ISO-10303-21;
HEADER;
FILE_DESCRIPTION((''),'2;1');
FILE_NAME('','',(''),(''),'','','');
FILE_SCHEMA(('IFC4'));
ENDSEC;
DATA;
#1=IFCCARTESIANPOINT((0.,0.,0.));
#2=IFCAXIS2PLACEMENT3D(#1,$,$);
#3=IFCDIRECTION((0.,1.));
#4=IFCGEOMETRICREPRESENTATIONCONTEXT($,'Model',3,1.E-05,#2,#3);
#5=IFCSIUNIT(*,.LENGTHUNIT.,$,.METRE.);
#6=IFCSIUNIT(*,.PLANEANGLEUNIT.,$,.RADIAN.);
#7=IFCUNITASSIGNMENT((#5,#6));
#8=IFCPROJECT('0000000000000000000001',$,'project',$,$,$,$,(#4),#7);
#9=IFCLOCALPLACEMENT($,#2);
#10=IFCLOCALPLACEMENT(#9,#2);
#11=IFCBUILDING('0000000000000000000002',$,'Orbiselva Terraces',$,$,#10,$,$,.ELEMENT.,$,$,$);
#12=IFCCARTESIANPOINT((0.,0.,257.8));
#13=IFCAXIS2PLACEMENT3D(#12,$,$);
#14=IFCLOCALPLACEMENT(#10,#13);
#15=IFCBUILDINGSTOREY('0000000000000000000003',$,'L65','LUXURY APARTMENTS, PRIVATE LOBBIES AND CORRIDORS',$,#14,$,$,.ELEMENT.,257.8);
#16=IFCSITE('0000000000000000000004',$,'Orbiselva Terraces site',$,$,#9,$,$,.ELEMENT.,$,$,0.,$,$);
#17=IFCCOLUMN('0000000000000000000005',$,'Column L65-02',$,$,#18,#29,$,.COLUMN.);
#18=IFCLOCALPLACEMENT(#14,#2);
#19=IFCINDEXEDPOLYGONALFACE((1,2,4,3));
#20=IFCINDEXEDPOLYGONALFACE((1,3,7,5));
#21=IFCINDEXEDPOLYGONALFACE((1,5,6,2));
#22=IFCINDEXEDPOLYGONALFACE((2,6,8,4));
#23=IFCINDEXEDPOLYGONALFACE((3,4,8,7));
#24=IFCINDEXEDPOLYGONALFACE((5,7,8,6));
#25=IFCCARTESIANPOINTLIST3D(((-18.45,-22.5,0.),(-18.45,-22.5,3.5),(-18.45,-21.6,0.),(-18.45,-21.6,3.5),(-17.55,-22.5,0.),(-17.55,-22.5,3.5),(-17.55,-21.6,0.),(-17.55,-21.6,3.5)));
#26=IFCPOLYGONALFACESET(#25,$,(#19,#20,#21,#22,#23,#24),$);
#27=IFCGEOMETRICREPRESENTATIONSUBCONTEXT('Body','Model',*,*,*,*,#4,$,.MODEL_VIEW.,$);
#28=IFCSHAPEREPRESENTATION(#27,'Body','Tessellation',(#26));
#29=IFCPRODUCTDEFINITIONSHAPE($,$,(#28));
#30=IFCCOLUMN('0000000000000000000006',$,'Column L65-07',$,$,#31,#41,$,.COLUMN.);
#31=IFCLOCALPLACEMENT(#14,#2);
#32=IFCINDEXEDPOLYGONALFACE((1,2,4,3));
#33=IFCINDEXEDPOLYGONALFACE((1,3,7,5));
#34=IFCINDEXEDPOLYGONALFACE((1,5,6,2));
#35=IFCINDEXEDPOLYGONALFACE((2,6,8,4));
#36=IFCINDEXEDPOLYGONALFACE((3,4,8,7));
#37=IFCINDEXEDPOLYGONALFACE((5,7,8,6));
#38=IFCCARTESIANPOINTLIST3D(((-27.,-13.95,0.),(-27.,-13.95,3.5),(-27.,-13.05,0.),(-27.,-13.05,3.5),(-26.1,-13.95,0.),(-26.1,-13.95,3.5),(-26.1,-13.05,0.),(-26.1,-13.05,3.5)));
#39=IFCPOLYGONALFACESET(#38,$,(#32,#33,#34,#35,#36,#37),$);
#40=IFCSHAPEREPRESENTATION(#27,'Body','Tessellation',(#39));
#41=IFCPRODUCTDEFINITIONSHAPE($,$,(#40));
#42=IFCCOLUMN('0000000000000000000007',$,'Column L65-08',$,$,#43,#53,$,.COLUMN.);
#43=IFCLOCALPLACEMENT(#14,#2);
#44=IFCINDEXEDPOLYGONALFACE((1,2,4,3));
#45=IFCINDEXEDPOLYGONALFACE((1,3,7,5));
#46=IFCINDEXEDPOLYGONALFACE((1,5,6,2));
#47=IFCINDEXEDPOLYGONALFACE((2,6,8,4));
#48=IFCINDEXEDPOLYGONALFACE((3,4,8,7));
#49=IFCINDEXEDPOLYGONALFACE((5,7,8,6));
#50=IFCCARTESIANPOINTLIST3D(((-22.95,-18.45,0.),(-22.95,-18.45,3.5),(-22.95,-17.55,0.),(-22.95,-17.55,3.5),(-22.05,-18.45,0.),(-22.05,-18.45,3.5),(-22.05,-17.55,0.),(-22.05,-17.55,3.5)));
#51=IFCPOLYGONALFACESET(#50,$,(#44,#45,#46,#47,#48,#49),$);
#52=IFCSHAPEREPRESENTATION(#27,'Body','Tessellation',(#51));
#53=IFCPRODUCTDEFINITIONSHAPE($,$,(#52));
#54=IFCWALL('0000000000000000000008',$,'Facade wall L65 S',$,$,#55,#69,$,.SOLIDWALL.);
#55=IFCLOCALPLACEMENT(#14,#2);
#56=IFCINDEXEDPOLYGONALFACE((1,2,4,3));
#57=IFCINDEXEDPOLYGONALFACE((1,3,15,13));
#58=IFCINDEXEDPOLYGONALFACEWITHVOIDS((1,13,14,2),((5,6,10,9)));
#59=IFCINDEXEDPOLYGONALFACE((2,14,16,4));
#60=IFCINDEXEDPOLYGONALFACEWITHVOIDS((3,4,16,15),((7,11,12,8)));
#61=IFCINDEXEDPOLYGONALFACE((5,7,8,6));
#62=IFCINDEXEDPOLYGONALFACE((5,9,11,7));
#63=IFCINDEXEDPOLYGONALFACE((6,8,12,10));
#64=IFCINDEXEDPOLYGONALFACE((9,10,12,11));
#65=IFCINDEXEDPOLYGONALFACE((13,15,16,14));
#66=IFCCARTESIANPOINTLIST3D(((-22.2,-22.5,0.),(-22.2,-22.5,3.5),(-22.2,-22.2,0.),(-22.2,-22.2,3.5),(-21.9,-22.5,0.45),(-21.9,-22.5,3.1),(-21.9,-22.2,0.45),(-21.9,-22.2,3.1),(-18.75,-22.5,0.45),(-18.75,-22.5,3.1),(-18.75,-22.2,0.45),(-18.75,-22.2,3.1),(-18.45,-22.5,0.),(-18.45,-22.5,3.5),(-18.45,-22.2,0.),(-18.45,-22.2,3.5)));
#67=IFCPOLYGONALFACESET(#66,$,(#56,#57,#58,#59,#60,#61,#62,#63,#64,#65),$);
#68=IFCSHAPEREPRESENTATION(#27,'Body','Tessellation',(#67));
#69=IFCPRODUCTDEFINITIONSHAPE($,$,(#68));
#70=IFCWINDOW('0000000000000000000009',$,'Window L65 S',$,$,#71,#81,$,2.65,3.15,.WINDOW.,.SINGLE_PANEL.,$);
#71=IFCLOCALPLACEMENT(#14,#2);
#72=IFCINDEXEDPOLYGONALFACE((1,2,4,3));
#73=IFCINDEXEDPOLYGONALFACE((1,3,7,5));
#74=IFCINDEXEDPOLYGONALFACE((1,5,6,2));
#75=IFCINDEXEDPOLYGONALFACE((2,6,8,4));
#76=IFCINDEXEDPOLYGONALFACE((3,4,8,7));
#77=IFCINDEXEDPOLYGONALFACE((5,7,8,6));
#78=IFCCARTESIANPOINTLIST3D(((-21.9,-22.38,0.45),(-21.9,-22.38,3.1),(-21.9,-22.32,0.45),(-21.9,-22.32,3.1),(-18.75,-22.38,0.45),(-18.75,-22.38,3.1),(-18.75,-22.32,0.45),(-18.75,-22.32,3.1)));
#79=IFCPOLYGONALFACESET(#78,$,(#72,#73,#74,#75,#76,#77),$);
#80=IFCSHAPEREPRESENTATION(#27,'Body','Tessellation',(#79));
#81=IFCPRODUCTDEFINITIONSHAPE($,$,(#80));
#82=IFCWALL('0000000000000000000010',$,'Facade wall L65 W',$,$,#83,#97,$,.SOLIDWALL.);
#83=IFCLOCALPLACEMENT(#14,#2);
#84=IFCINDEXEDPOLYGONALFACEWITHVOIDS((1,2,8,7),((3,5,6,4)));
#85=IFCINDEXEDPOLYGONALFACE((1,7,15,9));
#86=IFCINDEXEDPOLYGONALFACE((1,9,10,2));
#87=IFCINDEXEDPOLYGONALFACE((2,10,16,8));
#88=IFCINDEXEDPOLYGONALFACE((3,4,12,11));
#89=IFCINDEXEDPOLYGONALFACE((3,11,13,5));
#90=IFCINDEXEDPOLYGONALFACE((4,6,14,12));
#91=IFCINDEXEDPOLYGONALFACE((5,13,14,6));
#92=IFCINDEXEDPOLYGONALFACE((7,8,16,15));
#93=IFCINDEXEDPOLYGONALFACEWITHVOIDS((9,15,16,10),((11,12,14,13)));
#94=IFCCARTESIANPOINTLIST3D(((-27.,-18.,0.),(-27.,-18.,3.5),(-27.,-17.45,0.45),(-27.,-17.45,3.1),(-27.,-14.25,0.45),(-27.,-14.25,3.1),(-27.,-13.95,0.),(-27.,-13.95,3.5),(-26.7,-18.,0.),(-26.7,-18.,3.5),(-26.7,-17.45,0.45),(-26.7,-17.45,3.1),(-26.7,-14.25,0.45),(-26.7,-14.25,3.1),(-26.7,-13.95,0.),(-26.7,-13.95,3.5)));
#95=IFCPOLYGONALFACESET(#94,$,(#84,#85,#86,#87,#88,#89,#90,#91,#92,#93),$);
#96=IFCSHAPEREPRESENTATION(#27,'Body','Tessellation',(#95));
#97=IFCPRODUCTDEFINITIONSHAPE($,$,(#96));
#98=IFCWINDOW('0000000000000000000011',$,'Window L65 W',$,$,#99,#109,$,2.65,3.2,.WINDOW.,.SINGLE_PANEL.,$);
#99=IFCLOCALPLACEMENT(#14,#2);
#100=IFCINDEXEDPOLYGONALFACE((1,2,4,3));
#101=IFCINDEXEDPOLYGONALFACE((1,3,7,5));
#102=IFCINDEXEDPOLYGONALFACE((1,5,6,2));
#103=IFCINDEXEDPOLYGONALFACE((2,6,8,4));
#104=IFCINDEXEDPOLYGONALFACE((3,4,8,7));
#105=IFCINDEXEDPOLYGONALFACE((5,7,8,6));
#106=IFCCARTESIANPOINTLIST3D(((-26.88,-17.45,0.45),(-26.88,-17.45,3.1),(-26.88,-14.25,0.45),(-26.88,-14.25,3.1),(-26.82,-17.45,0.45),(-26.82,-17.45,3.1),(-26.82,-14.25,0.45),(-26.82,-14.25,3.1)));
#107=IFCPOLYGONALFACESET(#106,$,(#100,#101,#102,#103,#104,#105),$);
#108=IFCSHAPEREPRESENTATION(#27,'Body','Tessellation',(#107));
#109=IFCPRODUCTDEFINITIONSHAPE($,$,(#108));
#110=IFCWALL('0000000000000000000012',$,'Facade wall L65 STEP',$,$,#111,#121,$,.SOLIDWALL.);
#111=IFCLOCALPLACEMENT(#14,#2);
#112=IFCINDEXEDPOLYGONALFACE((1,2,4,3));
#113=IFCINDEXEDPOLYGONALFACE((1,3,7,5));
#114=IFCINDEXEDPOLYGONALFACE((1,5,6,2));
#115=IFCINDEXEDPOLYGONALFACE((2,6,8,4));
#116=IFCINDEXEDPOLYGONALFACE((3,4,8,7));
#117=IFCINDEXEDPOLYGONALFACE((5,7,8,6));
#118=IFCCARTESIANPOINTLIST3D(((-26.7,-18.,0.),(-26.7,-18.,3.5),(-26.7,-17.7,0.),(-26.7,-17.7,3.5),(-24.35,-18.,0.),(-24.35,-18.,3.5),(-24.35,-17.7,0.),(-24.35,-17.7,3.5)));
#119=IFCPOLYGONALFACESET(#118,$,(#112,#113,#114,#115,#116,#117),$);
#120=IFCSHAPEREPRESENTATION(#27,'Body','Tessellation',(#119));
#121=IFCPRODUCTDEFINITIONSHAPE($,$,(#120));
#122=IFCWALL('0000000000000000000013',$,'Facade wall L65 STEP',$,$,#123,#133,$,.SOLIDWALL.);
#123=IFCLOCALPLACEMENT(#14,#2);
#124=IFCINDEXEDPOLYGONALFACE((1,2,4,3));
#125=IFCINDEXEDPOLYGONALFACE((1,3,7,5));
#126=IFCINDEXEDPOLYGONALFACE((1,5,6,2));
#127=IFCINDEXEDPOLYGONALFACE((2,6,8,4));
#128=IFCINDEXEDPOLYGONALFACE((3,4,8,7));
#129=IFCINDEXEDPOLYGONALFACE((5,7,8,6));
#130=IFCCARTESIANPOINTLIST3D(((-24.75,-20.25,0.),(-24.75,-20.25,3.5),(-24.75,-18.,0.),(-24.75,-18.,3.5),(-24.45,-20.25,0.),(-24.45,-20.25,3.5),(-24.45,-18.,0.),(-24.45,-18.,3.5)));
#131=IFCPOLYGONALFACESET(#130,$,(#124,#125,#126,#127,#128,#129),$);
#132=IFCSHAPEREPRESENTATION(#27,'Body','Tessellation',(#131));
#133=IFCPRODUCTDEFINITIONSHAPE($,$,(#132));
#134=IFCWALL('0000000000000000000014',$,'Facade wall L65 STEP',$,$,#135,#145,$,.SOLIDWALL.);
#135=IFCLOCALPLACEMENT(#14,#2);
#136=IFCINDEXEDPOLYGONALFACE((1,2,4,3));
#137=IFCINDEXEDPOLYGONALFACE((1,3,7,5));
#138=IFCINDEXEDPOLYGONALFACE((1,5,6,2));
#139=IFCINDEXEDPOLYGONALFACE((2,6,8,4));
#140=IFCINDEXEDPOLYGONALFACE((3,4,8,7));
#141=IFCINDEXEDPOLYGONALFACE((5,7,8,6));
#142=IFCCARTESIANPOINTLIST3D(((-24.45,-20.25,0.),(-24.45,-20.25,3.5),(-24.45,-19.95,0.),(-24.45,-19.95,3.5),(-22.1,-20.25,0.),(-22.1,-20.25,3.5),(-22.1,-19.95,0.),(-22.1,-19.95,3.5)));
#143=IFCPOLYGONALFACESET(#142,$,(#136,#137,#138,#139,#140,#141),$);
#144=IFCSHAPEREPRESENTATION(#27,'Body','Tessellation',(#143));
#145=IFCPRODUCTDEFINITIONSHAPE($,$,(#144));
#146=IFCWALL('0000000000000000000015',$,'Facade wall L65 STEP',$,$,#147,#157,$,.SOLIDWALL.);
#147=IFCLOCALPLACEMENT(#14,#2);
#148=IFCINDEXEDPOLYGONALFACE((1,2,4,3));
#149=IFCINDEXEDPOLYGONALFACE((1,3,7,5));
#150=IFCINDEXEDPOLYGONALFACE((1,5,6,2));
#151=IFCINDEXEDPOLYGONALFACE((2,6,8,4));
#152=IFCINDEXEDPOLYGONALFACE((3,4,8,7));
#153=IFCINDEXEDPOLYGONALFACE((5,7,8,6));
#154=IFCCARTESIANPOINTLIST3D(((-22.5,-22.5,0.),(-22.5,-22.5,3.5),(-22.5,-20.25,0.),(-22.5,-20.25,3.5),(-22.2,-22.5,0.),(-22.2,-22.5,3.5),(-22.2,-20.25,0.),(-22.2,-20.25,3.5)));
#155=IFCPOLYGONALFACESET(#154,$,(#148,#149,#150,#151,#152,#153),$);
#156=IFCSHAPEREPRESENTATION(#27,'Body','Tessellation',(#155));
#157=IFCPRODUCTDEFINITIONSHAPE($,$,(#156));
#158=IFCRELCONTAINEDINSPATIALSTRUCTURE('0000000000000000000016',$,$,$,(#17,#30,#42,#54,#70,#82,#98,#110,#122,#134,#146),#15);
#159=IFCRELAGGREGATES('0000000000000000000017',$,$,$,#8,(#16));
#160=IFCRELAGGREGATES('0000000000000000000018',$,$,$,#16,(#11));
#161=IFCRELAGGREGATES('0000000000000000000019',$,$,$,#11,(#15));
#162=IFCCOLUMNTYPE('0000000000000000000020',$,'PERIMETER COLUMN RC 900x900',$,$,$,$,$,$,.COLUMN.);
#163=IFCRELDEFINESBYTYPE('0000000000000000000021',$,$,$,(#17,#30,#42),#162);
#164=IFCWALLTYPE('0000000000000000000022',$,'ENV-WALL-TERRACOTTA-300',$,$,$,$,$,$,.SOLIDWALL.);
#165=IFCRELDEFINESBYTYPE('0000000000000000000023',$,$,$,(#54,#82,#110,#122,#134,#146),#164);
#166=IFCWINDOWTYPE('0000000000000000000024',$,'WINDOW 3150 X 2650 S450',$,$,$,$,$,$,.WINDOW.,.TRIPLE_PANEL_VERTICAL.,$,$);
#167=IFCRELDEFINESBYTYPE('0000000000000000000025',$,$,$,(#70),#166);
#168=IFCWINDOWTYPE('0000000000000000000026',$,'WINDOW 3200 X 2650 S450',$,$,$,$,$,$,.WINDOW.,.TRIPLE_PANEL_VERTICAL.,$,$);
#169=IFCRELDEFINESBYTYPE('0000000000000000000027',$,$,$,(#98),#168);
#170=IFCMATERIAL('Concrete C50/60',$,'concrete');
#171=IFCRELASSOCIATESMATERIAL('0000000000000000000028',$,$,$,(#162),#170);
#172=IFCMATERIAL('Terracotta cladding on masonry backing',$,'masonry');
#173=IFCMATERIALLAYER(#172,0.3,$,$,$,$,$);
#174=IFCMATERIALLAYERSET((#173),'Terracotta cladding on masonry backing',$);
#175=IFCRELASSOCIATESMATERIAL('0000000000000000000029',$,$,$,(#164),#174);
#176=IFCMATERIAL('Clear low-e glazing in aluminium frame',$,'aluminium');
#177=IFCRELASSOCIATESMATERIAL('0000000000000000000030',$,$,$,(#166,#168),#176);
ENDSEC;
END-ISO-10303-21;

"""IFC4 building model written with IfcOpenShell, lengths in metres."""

from ifc_helpers import new_model, si_unit, direction, frame, frame_2d, origin, origin_2d, place, context, subcontext, project, spatial, rectangle, extrude, material, layer, layer_set, material_profile, profile_set, type_object, element, fill, save


model = new_model("IFC4")

# Units and contexts
model_context = context("Model", 3, precision=1e-05, world=origin(), true_north=direction((0.0, 1.0)))
body_context = subcontext(model_context, "Body", "Model", "MODEL_VIEW")
ifc_project = project(units=[si_unit("LENGTHUNIT", "METRE"), si_unit("PLANEANGLEUNIT", "RADIAN")], contexts=[model_context])

# Site, building, storey
site_placement = place(None, origin())
site = spatial("IfcSite", under=ifc_project, at=site_placement, Name="Orbiselva Terraces site", CompositionType="ELEMENT", RefElevation=0.0)
building_placement = place(site_placement, origin())
building = spatial("IfcBuilding", under=site, at=building_placement, Name="Orbiselva Terraces", CompositionType="ELEMENT")
storey_placement = place(building_placement, frame((0.0, 0.0, 257.8)))
storey = spatial("IfcBuildingStorey", under=building, at=storey_placement, Name="L65", Description="LUXURY APARTMENTS, PRIVATE LOBBIES AND CORRIDORS", CompositionType="ELEMENT", Elevation=257.8)

# Columns
ifc_material_1 = material(Name="Concrete C50/60", Category="concrete")
ifc_material_profile = material_profile(ifc_material_1, rectangle(XDim=0.9, YDim=0.9, at=origin_2d()), Name="RC 900x900")
ifc_profile_set = profile_set([ifc_material_profile], Name="Concrete C50/60")
column_type = type_object("IfcColumnType", Name="PERIMETER COLUMN RC 900x900", PredefinedType="COLUMN", material=ifc_profile_set)
for number, where, z_axis, x_axis, name in (
    (1, (-18.0, -22.05, 0.0), (0.0, 0.0, 1.0), (1.0, 0.0, 0.0), "Column L65-02"),
    (2, (-26.55, -13.5, 0.0), (0.0, 0.0, 1.0), (1.0, 0.0, 0.0), "Column L65-07"),
    (3, (-22.5, -18.0, 0.0), (0.0, 0.0, 1.0), (1.0, 0.0, 0.0), "Column L65-08"),
):
    element("IfcColumn", number, at=place(storey_placement, frame(where, z_axis=z_axis, x_axis=x_axis)), inside=storey, type_object=column_type, Name=name, PredefinedType="COLUMN", context=body_context, shape_type="SweptSolid", body=[
        extrude(rectangle(XDim=0.9, YDim=0.9, at=origin_2d()), origin(), (0.0, 0.0, 1.0), 3.5),
    ])

# Walls, openings, windows
ifc_material_2 = material(Name="Terracotta cladding on masonry backing", Category="masonry")
ifc_layer_1 = layer(ifc_material_2, 0.3)
ifc_layer_set_1 = layer_set([ifc_layer_1], Name="Terracotta cladding on masonry backing")
wall_type_1 = type_object("IfcWallType", Name="ENV-WALL-TERRACOTTA-300", PredefinedType="SOLIDWALL", material=ifc_layer_set_1)
wall_1_placement = place(storey_placement, frame((-18.45, -22.35, 0.0), z_axis=(0.0, 0.0, 1.0), x_axis=(-1.0, 0.0, 0.0)))
wall_1 = element("IfcWall", 4, at=wall_1_placement, inside=storey, type_object=wall_type_1, Name="Facade wall L65 S", PredefinedType="SOLIDWALL", context=body_context, shape_type="SweptSolid", body=[
    extrude(rectangle(XDim=3.75, YDim=0.3, at=frame_2d((1.875, 0.0))), origin(), (0.0, 0.0, 1.0), 3.5),
])
opening_1_placement = place(wall_1_placement, frame((0.3, 0.0, 0.45)))
opening_1 = element("IfcOpeningElement", 5, at=opening_1_placement, cuts=wall_1, PredefinedType="OPENING", context=body_context, shape_type="SweptSolid", body=[
    extrude(rectangle(XDim=3.15, YDim=2.65, at=frame_2d((1.575, 1.325))), frame((0.0, 0.16, 0.0), z_axis=(0.0, -1.0, 0.0), x_axis=(1.0, 0.0, 0.0)), (0.0, 0.0, 1.0), 0.32),
])
ifc_material_3 = material(Name="Clear low-e glazing in aluminium frame", Category="aluminium")
window_type_1 = type_object("IfcWindowType", Name="WINDOW 3150 X 2650 S450", PartitioningType="TRIPLE_PANEL_VERTICAL", PredefinedType="WINDOW", material=ifc_material_3)
window_1_placement = place(opening_1_placement, origin())
window_1 = element("IfcWindow", 6, at=window_1_placement, inside=storey, type_object=window_type_1, Name="Window L65 S", OverallHeight=2.65, OverallWidth=3.15, PartitioningType="SINGLE_PANEL", PredefinedType="WINDOW", context=body_context, shape_type="SweptSolid", body=[
    extrude(rectangle(XDim=3.15, YDim=2.65, at=frame_2d((1.575, 1.325))), frame((0.0, 0.03, 0.0), z_axis=(0.0, -1.0, 0.0), x_axis=(1.0, 0.0, 0.0)), (0.0, 0.0, 1.0), 0.06),
])
fill(opening_1, window_1)
wall_2_placement = place(storey_placement, frame((-26.85, -18.0, 0.0), z_axis=(0.0, 0.0, 1.0), x_axis=(0.0, 1.0, 0.0)))
wall_2 = element("IfcWall", 7, at=wall_2_placement, inside=storey, type_object=wall_type_1, Name="Facade wall L65 W", PredefinedType="SOLIDWALL", context=body_context, shape_type="SweptSolid", body=[
    extrude(rectangle(XDim=4.05, YDim=0.3, at=frame_2d((2.025, 0.0))), origin(), (0.0, 0.0, 1.0), 3.5),
])
opening_2_placement = place(wall_2_placement, frame((0.55, 0.0, 0.45)))
opening_2 = element("IfcOpeningElement", 8, at=opening_2_placement, cuts=wall_2, PredefinedType="OPENING", context=body_context, shape_type="SweptSolid", body=[
    extrude(rectangle(XDim=3.2, YDim=2.65, at=frame_2d((1.6, 1.325))), frame((0.0, 0.16, 0.0), z_axis=(0.0, -1.0, 0.0), x_axis=(1.0, 0.0, 0.0)), (0.0, 0.0, 1.0), 0.32),
])
window_type_2 = type_object("IfcWindowType", Name="WINDOW 3200 X 2650 S450", PartitioningType="TRIPLE_PANEL_VERTICAL", PredefinedType="WINDOW", material=ifc_material_3)
window_2_placement = place(opening_2_placement, origin())
window_2 = element("IfcWindow", 9, at=window_2_placement, inside=storey, type_object=window_type_2, Name="Window L65 W", OverallHeight=2.65, OverallWidth=3.2, PartitioningType="SINGLE_PANEL", PredefinedType="WINDOW", context=body_context, shape_type="SweptSolid", body=[
    extrude(rectangle(XDim=3.2, YDim=2.65, at=frame_2d((1.6, 1.325))), frame((0.0, 0.03, 0.0), z_axis=(0.0, -1.0, 0.0), x_axis=(1.0, 0.0, 0.0)), (0.0, 0.0, 1.0), 0.06),
])
fill(opening_2, window_2)

# Walls
wall_3_placement = place(storey_placement, frame((-24.35, -17.85, 0.0), z_axis=(0.0, 0.0, 1.0), x_axis=(-1.0, 0.0, 0.0)))
element("IfcWall", 10, at=wall_3_placement, inside=storey, type_object=wall_type_1, Name="Facade wall L65 STEP", PredefinedType="SOLIDWALL", context=body_context, shape_type="SweptSolid", body=[
    extrude(rectangle(XDim=2.35, YDim=0.3, at=frame_2d((1.175, 0.0))), origin(), (0.0, 0.0, 1.0), 3.5),
])
wall_4_placement = place(storey_placement, frame((-24.6, -20.25, 0.0), z_axis=(0.0, 0.0, 1.0), x_axis=(0.0, 1.0, 0.0)))
element("IfcWall", 11, at=wall_4_placement, inside=storey, type_object=wall_type_1, Name="Facade wall L65 STEP", PredefinedType="SOLIDWALL", context=body_context, shape_type="SweptSolid", body=[
    extrude(rectangle(XDim=2.25, YDim=0.3, at=frame_2d((1.125, 0.0))), origin(), (0.0, 0.0, 1.0), 3.5),
])
wall_5_placement = place(storey_placement, frame((-22.1, -20.1, 0.0), z_axis=(0.0, 0.0, 1.0), x_axis=(-1.0, 0.0, 0.0)))
element("IfcWall", 12, at=wall_5_placement, inside=storey, type_object=wall_type_1, Name="Facade wall L65 STEP", PredefinedType="SOLIDWALL", context=body_context, shape_type="SweptSolid", body=[
    extrude(rectangle(XDim=2.35, YDim=0.3, at=frame_2d((1.175, 0.0))), origin(), (0.0, 0.0, 1.0), 3.5),
])
wall_6_placement = place(storey_placement, frame((-22.35, -22.5, 0.0), z_axis=(0.0, 0.0, 1.0), x_axis=(0.0, 1.0, 0.0)))
element("IfcWall", 13, at=wall_6_placement, inside=storey, type_object=wall_type_1, Name="Facade wall L65 STEP", PredefinedType="SOLIDWALL", context=body_context, shape_type="SweptSolid", body=[
    extrude(rectangle(XDim=2.25, YDim=0.3, at=frame_2d((1.125, 0.0))), origin(), (0.0, 0.0, 1.0), 3.5),
])

save(model, "model.ifc")
